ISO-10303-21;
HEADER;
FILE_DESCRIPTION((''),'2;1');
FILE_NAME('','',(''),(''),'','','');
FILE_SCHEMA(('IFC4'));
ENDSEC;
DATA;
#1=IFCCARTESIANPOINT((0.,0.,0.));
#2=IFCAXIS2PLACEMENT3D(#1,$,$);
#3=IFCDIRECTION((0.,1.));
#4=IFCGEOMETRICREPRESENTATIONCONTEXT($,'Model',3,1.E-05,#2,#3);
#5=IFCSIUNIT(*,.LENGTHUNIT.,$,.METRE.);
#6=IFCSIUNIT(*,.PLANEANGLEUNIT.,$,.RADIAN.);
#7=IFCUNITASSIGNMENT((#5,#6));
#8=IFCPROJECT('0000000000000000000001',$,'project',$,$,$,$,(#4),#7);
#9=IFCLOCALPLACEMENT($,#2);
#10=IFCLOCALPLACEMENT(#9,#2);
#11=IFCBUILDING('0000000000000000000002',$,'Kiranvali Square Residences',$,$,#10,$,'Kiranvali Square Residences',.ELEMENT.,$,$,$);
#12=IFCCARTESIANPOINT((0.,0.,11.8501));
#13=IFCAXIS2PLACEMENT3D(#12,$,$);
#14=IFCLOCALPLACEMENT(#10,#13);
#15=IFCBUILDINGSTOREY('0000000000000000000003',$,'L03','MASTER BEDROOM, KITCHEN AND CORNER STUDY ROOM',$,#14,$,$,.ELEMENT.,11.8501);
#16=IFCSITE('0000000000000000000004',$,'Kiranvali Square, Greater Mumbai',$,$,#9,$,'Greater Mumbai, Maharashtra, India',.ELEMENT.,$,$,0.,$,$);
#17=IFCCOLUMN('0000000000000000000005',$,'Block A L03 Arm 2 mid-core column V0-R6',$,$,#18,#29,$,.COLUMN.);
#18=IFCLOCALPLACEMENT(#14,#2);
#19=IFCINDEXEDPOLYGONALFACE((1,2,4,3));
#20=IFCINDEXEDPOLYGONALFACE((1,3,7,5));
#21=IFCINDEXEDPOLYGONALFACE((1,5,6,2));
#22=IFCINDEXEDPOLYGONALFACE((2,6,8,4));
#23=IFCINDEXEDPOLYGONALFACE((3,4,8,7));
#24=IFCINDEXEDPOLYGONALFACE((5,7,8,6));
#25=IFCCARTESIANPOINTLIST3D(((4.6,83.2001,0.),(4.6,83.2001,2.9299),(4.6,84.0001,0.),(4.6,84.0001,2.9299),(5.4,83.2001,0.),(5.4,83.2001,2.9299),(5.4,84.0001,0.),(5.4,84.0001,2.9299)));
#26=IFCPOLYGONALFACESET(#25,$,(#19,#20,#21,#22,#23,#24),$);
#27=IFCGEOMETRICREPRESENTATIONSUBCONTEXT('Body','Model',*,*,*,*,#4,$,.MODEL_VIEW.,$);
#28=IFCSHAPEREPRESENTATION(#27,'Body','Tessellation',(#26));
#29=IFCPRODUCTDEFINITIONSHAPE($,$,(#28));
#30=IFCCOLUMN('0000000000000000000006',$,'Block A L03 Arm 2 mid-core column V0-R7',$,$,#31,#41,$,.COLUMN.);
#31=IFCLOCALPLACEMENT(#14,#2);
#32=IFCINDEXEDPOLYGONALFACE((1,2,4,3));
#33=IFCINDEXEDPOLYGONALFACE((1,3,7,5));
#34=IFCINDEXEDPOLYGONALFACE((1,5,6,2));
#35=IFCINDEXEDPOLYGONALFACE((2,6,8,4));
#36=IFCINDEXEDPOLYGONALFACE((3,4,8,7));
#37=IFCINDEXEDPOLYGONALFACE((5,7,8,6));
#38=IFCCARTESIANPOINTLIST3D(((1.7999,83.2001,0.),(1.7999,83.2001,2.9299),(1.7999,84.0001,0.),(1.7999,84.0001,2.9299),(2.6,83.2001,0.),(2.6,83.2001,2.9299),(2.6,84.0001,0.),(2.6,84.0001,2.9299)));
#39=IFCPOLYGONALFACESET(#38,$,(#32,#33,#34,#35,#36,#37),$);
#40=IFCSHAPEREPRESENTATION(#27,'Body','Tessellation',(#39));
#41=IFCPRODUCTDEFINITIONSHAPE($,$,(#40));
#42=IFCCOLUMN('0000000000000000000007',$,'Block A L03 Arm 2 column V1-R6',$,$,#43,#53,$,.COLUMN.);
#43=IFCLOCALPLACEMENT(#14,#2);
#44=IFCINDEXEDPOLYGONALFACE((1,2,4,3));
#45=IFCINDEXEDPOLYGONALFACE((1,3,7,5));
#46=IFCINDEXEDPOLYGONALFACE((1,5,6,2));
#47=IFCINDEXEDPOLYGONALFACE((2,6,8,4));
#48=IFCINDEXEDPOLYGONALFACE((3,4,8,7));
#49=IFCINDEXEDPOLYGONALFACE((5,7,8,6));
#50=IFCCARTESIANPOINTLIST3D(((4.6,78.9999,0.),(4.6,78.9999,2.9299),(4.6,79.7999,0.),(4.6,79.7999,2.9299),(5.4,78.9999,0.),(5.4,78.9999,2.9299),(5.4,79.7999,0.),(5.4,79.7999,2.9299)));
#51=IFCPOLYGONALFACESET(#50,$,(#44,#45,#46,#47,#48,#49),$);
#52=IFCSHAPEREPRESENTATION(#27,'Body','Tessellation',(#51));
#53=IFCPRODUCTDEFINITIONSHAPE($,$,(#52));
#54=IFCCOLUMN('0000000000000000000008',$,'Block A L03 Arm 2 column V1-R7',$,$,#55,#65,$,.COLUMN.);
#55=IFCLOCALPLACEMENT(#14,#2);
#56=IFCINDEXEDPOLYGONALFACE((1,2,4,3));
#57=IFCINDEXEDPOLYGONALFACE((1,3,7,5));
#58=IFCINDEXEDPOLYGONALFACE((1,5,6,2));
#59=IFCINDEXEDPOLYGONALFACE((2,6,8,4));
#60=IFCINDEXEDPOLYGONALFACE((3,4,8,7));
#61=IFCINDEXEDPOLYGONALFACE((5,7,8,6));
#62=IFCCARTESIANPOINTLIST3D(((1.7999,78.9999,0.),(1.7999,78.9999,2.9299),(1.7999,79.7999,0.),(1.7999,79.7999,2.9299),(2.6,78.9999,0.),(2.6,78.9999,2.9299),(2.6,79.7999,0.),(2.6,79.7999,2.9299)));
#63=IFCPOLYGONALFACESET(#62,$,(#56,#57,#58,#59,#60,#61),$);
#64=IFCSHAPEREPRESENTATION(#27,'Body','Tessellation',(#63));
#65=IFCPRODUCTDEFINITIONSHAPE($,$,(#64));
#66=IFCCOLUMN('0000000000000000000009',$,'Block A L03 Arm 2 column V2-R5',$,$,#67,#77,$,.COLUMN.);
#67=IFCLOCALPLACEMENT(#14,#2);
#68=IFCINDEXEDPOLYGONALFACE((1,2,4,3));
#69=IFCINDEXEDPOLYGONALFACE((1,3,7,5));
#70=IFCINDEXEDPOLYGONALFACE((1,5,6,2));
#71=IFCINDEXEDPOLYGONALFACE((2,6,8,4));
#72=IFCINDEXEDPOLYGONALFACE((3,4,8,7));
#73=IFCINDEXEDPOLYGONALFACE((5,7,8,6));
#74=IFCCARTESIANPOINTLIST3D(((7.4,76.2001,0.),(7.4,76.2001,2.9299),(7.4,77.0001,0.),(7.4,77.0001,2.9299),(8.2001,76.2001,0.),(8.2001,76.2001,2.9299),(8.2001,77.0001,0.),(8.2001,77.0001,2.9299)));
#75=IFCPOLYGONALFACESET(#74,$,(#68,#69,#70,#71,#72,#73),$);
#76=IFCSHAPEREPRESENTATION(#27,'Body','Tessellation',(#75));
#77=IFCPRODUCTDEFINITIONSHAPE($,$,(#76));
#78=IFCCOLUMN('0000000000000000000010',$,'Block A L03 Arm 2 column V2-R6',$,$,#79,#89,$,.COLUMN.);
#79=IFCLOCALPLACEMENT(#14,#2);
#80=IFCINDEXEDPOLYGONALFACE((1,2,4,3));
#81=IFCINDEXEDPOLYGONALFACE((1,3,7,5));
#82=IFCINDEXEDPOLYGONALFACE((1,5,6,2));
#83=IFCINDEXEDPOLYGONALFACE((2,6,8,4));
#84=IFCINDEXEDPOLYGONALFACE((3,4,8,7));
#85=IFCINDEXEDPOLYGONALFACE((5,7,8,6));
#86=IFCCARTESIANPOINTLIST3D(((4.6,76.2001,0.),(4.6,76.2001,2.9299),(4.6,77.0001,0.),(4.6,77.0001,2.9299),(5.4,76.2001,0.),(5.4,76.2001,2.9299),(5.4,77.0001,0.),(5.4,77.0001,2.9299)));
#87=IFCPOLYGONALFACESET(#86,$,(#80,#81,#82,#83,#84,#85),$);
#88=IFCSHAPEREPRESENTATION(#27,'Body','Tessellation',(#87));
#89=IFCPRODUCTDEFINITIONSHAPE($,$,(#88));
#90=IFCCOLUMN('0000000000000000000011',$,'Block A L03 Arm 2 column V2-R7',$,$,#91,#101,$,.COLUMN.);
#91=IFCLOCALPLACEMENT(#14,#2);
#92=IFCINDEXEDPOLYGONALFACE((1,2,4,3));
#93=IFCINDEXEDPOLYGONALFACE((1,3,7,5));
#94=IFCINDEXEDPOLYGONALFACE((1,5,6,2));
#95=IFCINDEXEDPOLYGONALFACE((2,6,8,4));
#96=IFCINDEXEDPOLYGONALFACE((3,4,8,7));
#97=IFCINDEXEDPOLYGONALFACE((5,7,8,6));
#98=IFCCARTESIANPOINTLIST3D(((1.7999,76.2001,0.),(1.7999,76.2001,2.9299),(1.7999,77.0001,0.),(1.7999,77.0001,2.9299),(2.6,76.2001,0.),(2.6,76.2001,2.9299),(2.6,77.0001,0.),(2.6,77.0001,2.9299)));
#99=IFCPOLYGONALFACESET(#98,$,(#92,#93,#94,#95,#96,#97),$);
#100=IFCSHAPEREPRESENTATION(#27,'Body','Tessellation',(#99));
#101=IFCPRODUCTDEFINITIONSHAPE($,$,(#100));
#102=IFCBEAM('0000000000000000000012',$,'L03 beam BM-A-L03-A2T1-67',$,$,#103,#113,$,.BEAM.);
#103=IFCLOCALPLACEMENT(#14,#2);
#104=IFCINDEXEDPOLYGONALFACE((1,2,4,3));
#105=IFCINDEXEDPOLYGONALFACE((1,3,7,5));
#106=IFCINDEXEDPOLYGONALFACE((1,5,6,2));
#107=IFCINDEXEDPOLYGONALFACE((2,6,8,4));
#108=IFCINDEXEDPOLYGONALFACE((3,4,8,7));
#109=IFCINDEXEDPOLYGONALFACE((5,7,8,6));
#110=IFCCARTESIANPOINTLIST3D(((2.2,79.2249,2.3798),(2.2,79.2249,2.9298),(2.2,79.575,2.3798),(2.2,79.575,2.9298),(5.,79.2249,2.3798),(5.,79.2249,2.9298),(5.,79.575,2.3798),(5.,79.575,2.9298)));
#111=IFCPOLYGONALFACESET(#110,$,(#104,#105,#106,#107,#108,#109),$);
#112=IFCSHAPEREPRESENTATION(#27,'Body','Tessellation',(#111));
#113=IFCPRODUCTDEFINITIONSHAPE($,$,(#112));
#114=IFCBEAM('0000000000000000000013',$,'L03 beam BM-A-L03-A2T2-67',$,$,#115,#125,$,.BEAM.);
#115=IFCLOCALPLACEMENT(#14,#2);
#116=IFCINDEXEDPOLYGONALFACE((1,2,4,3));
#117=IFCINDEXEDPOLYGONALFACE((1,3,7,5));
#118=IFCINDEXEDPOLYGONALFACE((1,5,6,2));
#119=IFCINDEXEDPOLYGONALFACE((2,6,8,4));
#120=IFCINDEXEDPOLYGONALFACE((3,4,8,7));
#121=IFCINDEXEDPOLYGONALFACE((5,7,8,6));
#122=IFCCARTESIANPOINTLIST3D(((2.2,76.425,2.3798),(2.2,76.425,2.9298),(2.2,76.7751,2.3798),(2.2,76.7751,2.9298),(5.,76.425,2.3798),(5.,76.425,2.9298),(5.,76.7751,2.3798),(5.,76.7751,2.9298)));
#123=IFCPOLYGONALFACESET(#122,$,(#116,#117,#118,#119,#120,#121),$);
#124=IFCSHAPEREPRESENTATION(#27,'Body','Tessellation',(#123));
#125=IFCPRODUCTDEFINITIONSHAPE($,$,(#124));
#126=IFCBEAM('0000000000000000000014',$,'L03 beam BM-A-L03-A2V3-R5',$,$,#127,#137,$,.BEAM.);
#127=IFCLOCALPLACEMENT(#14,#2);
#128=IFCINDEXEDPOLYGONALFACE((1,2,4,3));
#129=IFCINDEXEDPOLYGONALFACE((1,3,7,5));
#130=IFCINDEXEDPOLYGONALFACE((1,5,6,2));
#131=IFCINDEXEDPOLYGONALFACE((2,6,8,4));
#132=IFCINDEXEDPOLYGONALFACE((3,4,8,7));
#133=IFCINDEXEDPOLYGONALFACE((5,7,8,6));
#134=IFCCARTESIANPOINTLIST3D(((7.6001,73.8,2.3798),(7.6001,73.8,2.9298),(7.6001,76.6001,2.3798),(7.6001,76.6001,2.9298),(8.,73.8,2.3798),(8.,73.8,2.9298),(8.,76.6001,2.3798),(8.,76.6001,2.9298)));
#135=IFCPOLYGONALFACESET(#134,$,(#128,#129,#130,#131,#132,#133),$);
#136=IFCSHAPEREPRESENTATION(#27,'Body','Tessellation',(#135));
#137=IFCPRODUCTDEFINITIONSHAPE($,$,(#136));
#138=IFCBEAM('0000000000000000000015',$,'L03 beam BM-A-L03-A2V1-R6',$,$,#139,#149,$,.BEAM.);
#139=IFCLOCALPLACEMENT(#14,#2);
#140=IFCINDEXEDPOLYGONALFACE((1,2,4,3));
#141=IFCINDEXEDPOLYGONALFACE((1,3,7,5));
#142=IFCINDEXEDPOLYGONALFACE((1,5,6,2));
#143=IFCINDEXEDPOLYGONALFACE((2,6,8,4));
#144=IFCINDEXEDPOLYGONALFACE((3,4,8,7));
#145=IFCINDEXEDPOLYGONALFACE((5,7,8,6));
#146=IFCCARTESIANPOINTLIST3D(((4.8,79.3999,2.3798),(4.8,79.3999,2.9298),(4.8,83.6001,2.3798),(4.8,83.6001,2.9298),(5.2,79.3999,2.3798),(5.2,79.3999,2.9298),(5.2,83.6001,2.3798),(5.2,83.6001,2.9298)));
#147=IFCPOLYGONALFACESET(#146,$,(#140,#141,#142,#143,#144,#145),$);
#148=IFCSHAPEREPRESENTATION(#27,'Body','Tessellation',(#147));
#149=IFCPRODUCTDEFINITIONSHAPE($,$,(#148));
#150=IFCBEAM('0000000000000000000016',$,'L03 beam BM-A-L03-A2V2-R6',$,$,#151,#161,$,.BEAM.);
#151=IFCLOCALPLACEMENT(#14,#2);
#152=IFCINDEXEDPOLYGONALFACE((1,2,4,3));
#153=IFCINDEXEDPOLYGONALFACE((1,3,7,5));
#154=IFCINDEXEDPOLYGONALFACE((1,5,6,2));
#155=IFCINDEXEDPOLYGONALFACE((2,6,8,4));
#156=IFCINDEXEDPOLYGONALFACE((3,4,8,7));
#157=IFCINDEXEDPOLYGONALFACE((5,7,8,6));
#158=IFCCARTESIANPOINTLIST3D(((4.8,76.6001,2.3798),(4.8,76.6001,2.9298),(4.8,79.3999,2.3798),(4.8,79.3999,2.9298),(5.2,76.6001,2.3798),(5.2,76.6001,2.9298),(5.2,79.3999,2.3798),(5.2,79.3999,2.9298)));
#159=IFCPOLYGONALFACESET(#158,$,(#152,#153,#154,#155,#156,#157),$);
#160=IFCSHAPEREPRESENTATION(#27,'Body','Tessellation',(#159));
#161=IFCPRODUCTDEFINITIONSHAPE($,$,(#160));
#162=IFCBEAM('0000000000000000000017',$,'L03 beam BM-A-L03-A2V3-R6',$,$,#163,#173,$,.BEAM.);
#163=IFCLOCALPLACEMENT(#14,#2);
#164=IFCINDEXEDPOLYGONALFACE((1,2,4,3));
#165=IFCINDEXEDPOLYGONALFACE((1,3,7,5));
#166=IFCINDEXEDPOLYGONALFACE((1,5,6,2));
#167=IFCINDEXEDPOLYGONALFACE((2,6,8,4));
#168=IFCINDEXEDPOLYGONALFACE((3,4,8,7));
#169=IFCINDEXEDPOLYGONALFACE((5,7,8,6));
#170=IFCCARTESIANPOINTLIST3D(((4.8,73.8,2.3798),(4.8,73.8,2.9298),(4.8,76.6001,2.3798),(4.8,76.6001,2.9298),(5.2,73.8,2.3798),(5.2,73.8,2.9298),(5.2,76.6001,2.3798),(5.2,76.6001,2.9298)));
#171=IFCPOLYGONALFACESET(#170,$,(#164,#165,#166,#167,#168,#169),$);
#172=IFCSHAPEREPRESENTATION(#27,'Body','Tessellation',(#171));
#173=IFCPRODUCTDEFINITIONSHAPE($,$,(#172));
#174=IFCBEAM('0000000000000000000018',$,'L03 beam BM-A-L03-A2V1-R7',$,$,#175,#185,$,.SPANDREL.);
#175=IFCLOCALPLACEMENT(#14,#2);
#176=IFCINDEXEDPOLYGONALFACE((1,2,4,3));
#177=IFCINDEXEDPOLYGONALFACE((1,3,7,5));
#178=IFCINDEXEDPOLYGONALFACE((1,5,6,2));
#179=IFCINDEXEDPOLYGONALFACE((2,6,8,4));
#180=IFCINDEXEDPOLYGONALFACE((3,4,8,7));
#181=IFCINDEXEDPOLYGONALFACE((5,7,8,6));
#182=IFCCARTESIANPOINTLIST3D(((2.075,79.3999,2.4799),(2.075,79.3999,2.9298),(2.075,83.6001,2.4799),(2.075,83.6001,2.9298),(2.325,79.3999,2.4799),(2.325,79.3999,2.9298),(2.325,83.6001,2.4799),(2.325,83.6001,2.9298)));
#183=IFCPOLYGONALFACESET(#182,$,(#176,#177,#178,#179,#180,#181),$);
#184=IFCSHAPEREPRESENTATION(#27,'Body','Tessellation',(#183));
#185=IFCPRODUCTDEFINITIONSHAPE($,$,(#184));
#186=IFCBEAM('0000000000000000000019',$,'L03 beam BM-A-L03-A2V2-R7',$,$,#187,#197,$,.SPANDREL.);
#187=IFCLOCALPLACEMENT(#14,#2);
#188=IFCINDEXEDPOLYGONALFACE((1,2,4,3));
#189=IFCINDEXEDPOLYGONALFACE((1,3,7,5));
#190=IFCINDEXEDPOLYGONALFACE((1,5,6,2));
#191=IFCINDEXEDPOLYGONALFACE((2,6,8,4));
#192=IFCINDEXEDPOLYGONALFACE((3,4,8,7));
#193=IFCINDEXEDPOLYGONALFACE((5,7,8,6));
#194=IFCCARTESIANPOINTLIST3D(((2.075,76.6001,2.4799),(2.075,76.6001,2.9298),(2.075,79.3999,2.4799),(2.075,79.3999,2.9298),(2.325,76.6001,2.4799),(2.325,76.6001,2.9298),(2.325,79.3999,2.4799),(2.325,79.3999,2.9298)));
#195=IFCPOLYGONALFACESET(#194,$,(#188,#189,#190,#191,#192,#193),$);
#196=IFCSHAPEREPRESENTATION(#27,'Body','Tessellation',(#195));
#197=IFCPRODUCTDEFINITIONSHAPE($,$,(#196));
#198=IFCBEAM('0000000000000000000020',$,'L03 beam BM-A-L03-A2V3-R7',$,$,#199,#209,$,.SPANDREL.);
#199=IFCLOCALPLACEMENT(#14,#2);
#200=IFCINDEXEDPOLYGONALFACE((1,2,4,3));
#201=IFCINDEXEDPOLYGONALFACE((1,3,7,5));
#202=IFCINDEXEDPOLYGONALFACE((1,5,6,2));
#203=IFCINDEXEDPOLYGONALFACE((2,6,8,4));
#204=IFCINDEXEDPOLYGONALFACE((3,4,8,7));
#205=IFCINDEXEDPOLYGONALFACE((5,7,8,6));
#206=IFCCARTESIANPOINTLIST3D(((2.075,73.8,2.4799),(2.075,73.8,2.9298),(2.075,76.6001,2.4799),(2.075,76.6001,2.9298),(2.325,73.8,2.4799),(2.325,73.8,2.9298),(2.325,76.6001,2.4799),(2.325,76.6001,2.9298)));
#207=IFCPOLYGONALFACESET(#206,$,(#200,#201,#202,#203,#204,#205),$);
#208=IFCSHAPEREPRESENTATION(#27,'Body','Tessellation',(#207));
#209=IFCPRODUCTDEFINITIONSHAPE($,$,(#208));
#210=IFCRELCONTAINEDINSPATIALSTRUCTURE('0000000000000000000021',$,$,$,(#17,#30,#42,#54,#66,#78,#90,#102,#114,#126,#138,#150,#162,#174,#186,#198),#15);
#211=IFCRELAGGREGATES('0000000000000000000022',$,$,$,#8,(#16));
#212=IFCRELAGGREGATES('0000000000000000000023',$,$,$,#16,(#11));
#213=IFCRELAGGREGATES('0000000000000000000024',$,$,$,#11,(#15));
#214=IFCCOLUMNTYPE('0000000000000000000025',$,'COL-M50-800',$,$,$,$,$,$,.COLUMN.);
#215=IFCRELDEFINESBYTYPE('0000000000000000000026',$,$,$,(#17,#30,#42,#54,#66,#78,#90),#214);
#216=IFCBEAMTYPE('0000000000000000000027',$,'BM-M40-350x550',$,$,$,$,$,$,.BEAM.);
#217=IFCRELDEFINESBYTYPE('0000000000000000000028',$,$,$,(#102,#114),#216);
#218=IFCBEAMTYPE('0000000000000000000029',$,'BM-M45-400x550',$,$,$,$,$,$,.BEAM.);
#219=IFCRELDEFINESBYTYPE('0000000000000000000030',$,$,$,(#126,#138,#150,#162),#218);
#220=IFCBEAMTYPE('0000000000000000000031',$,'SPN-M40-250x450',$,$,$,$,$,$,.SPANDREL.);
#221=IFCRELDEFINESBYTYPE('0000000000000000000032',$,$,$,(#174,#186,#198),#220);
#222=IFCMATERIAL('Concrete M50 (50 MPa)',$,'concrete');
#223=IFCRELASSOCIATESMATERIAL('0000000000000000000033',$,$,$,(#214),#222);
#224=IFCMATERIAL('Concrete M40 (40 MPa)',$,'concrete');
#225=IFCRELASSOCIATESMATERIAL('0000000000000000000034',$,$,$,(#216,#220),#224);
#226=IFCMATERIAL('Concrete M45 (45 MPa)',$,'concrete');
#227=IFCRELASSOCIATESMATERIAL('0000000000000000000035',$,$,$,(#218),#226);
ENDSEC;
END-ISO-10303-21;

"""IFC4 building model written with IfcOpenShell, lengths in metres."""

from ifc_helpers import new_model, si_unit, direction, frame, origin, origin_2d, place, context, subcontext, project, spatial, rectangle, extrude, material, material_profile, profile_set, type_object, element, save


model = new_model("IFC4")

# Units and contexts
model_context = context("Model", 3, precision=1e-05, world=origin(), true_north=direction((0.0, 1.0)))
body_context = subcontext(model_context, "Body", "Model", "MODEL_VIEW")
ifc_project = project(units=[si_unit("LENGTHUNIT", "METRE"), si_unit("PLANEANGLEUNIT", "RADIAN")], contexts=[model_context])

# Site, building, storey
site_placement = place(None, origin())
site = spatial("IfcSite", under=ifc_project, at=site_placement, Name="Kiranvali Square, Greater Mumbai", LongName="Greater Mumbai, Maharashtra, India", CompositionType="ELEMENT", RefElevation=0.0)
building_placement = place(site_placement, origin())
building = spatial("IfcBuilding", under=site, at=building_placement, Name="Kiranvali Square Residences", LongName="Kiranvali Square Residences", CompositionType="ELEMENT")
storey_placement = place(building_placement, frame((0.0, 0.0, 11.8501)))
storey = spatial("IfcBuildingStorey", under=building, at=storey_placement, Name="L03", Description="MASTER BEDROOM, KITCHEN AND CORNER STUDY ROOM", CompositionType="ELEMENT", Elevation=11.8501)

# Columns
ifc_material_1 = material(Name="Concrete M50 (50 MPa)", Category="concrete")
ifc_material_profile_1 = material_profile(ifc_material_1, rectangle(XDim=0.8, YDim=0.8, at=origin_2d()), Name="RC 800x800")
ifc_profile_set_1 = profile_set([ifc_material_profile_1], Name="Concrete M50 (50 MPa)")
column_type = type_object("IfcColumnType", Name="COL-M50-800", PredefinedType="COLUMN", material=ifc_profile_set_1)
for number, where, z_axis, x_axis, name in (
    (1, (5.0, 83.6001, 0.0), (0.0, 0.0, 1.0), (1.0, 0.0, 0.0), "Block A L03 Arm 2 mid-core column V0-R6"),
    (2, (2.2, 83.6001, 0.0), (0.0, 0.0, 1.0), (1.0, 0.0, 0.0), "Block A L03 Arm 2 mid-core column V0-R7"),
    (3, (5.0, 79.3999, 0.0), (0.0, 0.0, 1.0), (1.0, 0.0, 0.0), "Block A L03 Arm 2 column V1-R6"),
    (4, (2.2, 79.3999, 0.0), (0.0, 0.0, 1.0), (1.0, 0.0, 0.0), "Block A L03 Arm 2 column V1-R7"),
    (5, (7.8, 76.6001, 0.0), (0.0, 0.0, 1.0), (1.0, 0.0, 0.0), "Block A L03 Arm 2 column V2-R5"),
    (6, (5.0, 76.6001, 0.0), (0.0, 0.0, 1.0), (1.0, 0.0, 0.0), "Block A L03 Arm 2 column V2-R6"),
    (7, (2.2, 76.6001, 0.0), (0.0, 0.0, 1.0), (1.0, 0.0, 0.0), "Block A L03 Arm 2 column V2-R7"),
):
    element("IfcColumn", number, at=place(storey_placement, frame(where, z_axis=z_axis, x_axis=x_axis)), inside=storey, type_object=column_type, Name=name, PredefinedType="COLUMN", context=body_context, shape_type="SweptSolid", body=[
        extrude(rectangle(XDim=0.8, YDim=0.8, at=origin_2d()), origin(), (0.0, 0.0, 1.0), 2.9299),
    ])

# Beams
ifc_material_2 = material(Name="Concrete M40 (40 MPa)", Category="concrete")
ifc_material_profile_2 = material_profile(ifc_material_2, rectangle(XDim=0.3501, YDim=0.55, at=origin_2d()), Name="RC 350x550")
ifc_profile_set_2 = profile_set([ifc_material_profile_2], Name="Concrete M40 (40 MPa)")
beam_type_1 = type_object("IfcBeamType", Name="BM-M40-350x550", PredefinedType="BEAM", material=ifc_profile_set_2)
for number, where, z_axis, x_axis, name in (
    (8, (5.0, 79.3999, 2.6548), (-1.0, 0.0, 0.0), (0.0, -1.0, 0.0), "L03 beam BM-A-L03-A2T1-67"),
    (9, (5.0, 76.6001, 2.6548), (-1.0, 0.0, 0.0), (0.0, -1.0, 0.0), "L03 beam BM-A-L03-A2T2-67"),
):
    element("IfcBeam", number, at=place(storey_placement, frame(where, z_axis=z_axis, x_axis=x_axis)), inside=storey, type_object=beam_type_1, Name=name, PredefinedType="BEAM", context=body_context, shape_type="SweptSolid", body=[
        extrude(rectangle(XDim=0.3501, YDim=0.55, at=origin_2d()), origin(), (0.0, 0.0, 1.0), 2.8),
    ])
ifc_material_3 = material(Name="Concrete M45 (45 MPa)", Category="concrete")
ifc_material_profile_3 = material_profile(ifc_material_3, rectangle(XDim=0.3999, YDim=0.55, at=origin_2d()), Name="RC 400x550")
ifc_profile_set_3 = profile_set([ifc_material_profile_3], Name="Concrete M45 (45 MPa)")
beam_type_2 = type_object("IfcBeamType", Name="BM-M45-400x550", PredefinedType="BEAM", material=ifc_profile_set_3)
beam_1_placement = place(storey_placement, frame((7.8, 76.6001, 2.6548), z_axis=(0.0, -1.0, 0.0), x_axis=(1.0, 0.0, 0.0)))
element("IfcBeam", 10, at=beam_1_placement, inside=storey, type_object=beam_type_2, Name="L03 beam BM-A-L03-A2V3-R5", PredefinedType="BEAM", context=body_context, shape_type="SweptSolid", body=[
    extrude(rectangle(XDim=0.3999, YDim=0.55, at=origin_2d()), origin(), (0.0, 0.0, 1.0), 2.8),
])
beam_2_placement = place(storey_placement, frame((5.0, 83.6001, 2.6548), z_axis=(0.0, -1.0, 0.0), x_axis=(1.0, 0.0, 0.0)))
element("IfcBeam", 11, at=beam_2_placement, inside=storey, type_object=beam_type_2, Name="L03 beam BM-A-L03-A2V1-R6", PredefinedType="BEAM", context=body_context, shape_type="SweptSolid", body=[
    extrude(rectangle(XDim=0.3999, YDim=0.55, at=origin_2d()), origin(), (0.0, 0.0, 1.0), 4.2002),
])
beam_3_placement = place(storey_placement, frame((5.0, 79.3999, 2.6548), z_axis=(0.0, -1.0, 0.0), x_axis=(1.0, 0.0, 0.0)))
element("IfcBeam", 12, at=beam_3_placement, inside=storey, type_object=beam_type_2, Name="L03 beam BM-A-L03-A2V2-R6", PredefinedType="BEAM", context=body_context, shape_type="SweptSolid", body=[
    extrude(rectangle(XDim=0.3999, YDim=0.55, at=origin_2d()), origin(), (0.0, 0.0, 1.0), 2.7998),
])
beam_4_placement = place(storey_placement, frame((5.0, 76.6001, 2.6548), z_axis=(0.0, -1.0, 0.0), x_axis=(1.0, 0.0, 0.0)))
element("IfcBeam", 13, at=beam_4_placement, inside=storey, type_object=beam_type_2, Name="L03 beam BM-A-L03-A2V3-R6", PredefinedType="BEAM", context=body_context, shape_type="SweptSolid", body=[
    extrude(rectangle(XDim=0.3999, YDim=0.55, at=origin_2d()), origin(), (0.0, 0.0, 1.0), 2.8),
])
ifc_material_profile_4 = material_profile(ifc_material_2, rectangle(XDim=0.25, YDim=0.45, at=origin_2d()), Name="RC 250x450")
ifc_profile_set_4 = profile_set([ifc_material_profile_4], Name="Concrete M40 (40 MPa)")
beam_type_3 = type_object("IfcBeamType", Name="SPN-M40-250x450", PredefinedType="SPANDREL", material=ifc_profile_set_4)
beam_5_placement = place(storey_placement, frame((2.2, 83.6001, 2.7048), z_axis=(0.0, -1.0, 0.0), x_axis=(1.0, 0.0, 0.0)))
element("IfcBeam", 14, at=beam_5_placement, inside=storey, type_object=beam_type_3, Name="L03 beam BM-A-L03-A2V1-R7", PredefinedType="SPANDREL", context=body_context, shape_type="SweptSolid", body=[
    extrude(rectangle(XDim=0.25, YDim=0.45, at=origin_2d()), origin(), (0.0, 0.0, 1.0), 4.2002),
])
beam_6_placement = place(storey_placement, frame((2.2, 79.3999, 2.7048), z_axis=(0.0, -1.0, 0.0), x_axis=(1.0, 0.0, 0.0)))
element("IfcBeam", 15, at=beam_6_placement, inside=storey, type_object=beam_type_3, Name="L03 beam BM-A-L03-A2V2-R7", PredefinedType="SPANDREL", context=body_context, shape_type="SweptSolid", body=[
    extrude(rectangle(XDim=0.25, YDim=0.45, at=origin_2d()), origin(), (0.0, 0.0, 1.0), 2.7998),
])
beam_7_placement = place(storey_placement, frame((2.2, 76.6001, 2.7048), z_axis=(0.0, -1.0, 0.0), x_axis=(1.0, 0.0, 0.0)))
element("IfcBeam", 16, at=beam_7_placement, inside=storey, type_object=beam_type_3, Name="L03 beam BM-A-L03-A2V3-R7", PredefinedType="SPANDREL", context=body_context, shape_type="SweptSolid", body=[
    extrude(rectangle(XDim=0.25, YDim=0.45, at=origin_2d()), origin(), (0.0, 0.0, 1.0), 2.8),
])

save(model, "model.ifc")
